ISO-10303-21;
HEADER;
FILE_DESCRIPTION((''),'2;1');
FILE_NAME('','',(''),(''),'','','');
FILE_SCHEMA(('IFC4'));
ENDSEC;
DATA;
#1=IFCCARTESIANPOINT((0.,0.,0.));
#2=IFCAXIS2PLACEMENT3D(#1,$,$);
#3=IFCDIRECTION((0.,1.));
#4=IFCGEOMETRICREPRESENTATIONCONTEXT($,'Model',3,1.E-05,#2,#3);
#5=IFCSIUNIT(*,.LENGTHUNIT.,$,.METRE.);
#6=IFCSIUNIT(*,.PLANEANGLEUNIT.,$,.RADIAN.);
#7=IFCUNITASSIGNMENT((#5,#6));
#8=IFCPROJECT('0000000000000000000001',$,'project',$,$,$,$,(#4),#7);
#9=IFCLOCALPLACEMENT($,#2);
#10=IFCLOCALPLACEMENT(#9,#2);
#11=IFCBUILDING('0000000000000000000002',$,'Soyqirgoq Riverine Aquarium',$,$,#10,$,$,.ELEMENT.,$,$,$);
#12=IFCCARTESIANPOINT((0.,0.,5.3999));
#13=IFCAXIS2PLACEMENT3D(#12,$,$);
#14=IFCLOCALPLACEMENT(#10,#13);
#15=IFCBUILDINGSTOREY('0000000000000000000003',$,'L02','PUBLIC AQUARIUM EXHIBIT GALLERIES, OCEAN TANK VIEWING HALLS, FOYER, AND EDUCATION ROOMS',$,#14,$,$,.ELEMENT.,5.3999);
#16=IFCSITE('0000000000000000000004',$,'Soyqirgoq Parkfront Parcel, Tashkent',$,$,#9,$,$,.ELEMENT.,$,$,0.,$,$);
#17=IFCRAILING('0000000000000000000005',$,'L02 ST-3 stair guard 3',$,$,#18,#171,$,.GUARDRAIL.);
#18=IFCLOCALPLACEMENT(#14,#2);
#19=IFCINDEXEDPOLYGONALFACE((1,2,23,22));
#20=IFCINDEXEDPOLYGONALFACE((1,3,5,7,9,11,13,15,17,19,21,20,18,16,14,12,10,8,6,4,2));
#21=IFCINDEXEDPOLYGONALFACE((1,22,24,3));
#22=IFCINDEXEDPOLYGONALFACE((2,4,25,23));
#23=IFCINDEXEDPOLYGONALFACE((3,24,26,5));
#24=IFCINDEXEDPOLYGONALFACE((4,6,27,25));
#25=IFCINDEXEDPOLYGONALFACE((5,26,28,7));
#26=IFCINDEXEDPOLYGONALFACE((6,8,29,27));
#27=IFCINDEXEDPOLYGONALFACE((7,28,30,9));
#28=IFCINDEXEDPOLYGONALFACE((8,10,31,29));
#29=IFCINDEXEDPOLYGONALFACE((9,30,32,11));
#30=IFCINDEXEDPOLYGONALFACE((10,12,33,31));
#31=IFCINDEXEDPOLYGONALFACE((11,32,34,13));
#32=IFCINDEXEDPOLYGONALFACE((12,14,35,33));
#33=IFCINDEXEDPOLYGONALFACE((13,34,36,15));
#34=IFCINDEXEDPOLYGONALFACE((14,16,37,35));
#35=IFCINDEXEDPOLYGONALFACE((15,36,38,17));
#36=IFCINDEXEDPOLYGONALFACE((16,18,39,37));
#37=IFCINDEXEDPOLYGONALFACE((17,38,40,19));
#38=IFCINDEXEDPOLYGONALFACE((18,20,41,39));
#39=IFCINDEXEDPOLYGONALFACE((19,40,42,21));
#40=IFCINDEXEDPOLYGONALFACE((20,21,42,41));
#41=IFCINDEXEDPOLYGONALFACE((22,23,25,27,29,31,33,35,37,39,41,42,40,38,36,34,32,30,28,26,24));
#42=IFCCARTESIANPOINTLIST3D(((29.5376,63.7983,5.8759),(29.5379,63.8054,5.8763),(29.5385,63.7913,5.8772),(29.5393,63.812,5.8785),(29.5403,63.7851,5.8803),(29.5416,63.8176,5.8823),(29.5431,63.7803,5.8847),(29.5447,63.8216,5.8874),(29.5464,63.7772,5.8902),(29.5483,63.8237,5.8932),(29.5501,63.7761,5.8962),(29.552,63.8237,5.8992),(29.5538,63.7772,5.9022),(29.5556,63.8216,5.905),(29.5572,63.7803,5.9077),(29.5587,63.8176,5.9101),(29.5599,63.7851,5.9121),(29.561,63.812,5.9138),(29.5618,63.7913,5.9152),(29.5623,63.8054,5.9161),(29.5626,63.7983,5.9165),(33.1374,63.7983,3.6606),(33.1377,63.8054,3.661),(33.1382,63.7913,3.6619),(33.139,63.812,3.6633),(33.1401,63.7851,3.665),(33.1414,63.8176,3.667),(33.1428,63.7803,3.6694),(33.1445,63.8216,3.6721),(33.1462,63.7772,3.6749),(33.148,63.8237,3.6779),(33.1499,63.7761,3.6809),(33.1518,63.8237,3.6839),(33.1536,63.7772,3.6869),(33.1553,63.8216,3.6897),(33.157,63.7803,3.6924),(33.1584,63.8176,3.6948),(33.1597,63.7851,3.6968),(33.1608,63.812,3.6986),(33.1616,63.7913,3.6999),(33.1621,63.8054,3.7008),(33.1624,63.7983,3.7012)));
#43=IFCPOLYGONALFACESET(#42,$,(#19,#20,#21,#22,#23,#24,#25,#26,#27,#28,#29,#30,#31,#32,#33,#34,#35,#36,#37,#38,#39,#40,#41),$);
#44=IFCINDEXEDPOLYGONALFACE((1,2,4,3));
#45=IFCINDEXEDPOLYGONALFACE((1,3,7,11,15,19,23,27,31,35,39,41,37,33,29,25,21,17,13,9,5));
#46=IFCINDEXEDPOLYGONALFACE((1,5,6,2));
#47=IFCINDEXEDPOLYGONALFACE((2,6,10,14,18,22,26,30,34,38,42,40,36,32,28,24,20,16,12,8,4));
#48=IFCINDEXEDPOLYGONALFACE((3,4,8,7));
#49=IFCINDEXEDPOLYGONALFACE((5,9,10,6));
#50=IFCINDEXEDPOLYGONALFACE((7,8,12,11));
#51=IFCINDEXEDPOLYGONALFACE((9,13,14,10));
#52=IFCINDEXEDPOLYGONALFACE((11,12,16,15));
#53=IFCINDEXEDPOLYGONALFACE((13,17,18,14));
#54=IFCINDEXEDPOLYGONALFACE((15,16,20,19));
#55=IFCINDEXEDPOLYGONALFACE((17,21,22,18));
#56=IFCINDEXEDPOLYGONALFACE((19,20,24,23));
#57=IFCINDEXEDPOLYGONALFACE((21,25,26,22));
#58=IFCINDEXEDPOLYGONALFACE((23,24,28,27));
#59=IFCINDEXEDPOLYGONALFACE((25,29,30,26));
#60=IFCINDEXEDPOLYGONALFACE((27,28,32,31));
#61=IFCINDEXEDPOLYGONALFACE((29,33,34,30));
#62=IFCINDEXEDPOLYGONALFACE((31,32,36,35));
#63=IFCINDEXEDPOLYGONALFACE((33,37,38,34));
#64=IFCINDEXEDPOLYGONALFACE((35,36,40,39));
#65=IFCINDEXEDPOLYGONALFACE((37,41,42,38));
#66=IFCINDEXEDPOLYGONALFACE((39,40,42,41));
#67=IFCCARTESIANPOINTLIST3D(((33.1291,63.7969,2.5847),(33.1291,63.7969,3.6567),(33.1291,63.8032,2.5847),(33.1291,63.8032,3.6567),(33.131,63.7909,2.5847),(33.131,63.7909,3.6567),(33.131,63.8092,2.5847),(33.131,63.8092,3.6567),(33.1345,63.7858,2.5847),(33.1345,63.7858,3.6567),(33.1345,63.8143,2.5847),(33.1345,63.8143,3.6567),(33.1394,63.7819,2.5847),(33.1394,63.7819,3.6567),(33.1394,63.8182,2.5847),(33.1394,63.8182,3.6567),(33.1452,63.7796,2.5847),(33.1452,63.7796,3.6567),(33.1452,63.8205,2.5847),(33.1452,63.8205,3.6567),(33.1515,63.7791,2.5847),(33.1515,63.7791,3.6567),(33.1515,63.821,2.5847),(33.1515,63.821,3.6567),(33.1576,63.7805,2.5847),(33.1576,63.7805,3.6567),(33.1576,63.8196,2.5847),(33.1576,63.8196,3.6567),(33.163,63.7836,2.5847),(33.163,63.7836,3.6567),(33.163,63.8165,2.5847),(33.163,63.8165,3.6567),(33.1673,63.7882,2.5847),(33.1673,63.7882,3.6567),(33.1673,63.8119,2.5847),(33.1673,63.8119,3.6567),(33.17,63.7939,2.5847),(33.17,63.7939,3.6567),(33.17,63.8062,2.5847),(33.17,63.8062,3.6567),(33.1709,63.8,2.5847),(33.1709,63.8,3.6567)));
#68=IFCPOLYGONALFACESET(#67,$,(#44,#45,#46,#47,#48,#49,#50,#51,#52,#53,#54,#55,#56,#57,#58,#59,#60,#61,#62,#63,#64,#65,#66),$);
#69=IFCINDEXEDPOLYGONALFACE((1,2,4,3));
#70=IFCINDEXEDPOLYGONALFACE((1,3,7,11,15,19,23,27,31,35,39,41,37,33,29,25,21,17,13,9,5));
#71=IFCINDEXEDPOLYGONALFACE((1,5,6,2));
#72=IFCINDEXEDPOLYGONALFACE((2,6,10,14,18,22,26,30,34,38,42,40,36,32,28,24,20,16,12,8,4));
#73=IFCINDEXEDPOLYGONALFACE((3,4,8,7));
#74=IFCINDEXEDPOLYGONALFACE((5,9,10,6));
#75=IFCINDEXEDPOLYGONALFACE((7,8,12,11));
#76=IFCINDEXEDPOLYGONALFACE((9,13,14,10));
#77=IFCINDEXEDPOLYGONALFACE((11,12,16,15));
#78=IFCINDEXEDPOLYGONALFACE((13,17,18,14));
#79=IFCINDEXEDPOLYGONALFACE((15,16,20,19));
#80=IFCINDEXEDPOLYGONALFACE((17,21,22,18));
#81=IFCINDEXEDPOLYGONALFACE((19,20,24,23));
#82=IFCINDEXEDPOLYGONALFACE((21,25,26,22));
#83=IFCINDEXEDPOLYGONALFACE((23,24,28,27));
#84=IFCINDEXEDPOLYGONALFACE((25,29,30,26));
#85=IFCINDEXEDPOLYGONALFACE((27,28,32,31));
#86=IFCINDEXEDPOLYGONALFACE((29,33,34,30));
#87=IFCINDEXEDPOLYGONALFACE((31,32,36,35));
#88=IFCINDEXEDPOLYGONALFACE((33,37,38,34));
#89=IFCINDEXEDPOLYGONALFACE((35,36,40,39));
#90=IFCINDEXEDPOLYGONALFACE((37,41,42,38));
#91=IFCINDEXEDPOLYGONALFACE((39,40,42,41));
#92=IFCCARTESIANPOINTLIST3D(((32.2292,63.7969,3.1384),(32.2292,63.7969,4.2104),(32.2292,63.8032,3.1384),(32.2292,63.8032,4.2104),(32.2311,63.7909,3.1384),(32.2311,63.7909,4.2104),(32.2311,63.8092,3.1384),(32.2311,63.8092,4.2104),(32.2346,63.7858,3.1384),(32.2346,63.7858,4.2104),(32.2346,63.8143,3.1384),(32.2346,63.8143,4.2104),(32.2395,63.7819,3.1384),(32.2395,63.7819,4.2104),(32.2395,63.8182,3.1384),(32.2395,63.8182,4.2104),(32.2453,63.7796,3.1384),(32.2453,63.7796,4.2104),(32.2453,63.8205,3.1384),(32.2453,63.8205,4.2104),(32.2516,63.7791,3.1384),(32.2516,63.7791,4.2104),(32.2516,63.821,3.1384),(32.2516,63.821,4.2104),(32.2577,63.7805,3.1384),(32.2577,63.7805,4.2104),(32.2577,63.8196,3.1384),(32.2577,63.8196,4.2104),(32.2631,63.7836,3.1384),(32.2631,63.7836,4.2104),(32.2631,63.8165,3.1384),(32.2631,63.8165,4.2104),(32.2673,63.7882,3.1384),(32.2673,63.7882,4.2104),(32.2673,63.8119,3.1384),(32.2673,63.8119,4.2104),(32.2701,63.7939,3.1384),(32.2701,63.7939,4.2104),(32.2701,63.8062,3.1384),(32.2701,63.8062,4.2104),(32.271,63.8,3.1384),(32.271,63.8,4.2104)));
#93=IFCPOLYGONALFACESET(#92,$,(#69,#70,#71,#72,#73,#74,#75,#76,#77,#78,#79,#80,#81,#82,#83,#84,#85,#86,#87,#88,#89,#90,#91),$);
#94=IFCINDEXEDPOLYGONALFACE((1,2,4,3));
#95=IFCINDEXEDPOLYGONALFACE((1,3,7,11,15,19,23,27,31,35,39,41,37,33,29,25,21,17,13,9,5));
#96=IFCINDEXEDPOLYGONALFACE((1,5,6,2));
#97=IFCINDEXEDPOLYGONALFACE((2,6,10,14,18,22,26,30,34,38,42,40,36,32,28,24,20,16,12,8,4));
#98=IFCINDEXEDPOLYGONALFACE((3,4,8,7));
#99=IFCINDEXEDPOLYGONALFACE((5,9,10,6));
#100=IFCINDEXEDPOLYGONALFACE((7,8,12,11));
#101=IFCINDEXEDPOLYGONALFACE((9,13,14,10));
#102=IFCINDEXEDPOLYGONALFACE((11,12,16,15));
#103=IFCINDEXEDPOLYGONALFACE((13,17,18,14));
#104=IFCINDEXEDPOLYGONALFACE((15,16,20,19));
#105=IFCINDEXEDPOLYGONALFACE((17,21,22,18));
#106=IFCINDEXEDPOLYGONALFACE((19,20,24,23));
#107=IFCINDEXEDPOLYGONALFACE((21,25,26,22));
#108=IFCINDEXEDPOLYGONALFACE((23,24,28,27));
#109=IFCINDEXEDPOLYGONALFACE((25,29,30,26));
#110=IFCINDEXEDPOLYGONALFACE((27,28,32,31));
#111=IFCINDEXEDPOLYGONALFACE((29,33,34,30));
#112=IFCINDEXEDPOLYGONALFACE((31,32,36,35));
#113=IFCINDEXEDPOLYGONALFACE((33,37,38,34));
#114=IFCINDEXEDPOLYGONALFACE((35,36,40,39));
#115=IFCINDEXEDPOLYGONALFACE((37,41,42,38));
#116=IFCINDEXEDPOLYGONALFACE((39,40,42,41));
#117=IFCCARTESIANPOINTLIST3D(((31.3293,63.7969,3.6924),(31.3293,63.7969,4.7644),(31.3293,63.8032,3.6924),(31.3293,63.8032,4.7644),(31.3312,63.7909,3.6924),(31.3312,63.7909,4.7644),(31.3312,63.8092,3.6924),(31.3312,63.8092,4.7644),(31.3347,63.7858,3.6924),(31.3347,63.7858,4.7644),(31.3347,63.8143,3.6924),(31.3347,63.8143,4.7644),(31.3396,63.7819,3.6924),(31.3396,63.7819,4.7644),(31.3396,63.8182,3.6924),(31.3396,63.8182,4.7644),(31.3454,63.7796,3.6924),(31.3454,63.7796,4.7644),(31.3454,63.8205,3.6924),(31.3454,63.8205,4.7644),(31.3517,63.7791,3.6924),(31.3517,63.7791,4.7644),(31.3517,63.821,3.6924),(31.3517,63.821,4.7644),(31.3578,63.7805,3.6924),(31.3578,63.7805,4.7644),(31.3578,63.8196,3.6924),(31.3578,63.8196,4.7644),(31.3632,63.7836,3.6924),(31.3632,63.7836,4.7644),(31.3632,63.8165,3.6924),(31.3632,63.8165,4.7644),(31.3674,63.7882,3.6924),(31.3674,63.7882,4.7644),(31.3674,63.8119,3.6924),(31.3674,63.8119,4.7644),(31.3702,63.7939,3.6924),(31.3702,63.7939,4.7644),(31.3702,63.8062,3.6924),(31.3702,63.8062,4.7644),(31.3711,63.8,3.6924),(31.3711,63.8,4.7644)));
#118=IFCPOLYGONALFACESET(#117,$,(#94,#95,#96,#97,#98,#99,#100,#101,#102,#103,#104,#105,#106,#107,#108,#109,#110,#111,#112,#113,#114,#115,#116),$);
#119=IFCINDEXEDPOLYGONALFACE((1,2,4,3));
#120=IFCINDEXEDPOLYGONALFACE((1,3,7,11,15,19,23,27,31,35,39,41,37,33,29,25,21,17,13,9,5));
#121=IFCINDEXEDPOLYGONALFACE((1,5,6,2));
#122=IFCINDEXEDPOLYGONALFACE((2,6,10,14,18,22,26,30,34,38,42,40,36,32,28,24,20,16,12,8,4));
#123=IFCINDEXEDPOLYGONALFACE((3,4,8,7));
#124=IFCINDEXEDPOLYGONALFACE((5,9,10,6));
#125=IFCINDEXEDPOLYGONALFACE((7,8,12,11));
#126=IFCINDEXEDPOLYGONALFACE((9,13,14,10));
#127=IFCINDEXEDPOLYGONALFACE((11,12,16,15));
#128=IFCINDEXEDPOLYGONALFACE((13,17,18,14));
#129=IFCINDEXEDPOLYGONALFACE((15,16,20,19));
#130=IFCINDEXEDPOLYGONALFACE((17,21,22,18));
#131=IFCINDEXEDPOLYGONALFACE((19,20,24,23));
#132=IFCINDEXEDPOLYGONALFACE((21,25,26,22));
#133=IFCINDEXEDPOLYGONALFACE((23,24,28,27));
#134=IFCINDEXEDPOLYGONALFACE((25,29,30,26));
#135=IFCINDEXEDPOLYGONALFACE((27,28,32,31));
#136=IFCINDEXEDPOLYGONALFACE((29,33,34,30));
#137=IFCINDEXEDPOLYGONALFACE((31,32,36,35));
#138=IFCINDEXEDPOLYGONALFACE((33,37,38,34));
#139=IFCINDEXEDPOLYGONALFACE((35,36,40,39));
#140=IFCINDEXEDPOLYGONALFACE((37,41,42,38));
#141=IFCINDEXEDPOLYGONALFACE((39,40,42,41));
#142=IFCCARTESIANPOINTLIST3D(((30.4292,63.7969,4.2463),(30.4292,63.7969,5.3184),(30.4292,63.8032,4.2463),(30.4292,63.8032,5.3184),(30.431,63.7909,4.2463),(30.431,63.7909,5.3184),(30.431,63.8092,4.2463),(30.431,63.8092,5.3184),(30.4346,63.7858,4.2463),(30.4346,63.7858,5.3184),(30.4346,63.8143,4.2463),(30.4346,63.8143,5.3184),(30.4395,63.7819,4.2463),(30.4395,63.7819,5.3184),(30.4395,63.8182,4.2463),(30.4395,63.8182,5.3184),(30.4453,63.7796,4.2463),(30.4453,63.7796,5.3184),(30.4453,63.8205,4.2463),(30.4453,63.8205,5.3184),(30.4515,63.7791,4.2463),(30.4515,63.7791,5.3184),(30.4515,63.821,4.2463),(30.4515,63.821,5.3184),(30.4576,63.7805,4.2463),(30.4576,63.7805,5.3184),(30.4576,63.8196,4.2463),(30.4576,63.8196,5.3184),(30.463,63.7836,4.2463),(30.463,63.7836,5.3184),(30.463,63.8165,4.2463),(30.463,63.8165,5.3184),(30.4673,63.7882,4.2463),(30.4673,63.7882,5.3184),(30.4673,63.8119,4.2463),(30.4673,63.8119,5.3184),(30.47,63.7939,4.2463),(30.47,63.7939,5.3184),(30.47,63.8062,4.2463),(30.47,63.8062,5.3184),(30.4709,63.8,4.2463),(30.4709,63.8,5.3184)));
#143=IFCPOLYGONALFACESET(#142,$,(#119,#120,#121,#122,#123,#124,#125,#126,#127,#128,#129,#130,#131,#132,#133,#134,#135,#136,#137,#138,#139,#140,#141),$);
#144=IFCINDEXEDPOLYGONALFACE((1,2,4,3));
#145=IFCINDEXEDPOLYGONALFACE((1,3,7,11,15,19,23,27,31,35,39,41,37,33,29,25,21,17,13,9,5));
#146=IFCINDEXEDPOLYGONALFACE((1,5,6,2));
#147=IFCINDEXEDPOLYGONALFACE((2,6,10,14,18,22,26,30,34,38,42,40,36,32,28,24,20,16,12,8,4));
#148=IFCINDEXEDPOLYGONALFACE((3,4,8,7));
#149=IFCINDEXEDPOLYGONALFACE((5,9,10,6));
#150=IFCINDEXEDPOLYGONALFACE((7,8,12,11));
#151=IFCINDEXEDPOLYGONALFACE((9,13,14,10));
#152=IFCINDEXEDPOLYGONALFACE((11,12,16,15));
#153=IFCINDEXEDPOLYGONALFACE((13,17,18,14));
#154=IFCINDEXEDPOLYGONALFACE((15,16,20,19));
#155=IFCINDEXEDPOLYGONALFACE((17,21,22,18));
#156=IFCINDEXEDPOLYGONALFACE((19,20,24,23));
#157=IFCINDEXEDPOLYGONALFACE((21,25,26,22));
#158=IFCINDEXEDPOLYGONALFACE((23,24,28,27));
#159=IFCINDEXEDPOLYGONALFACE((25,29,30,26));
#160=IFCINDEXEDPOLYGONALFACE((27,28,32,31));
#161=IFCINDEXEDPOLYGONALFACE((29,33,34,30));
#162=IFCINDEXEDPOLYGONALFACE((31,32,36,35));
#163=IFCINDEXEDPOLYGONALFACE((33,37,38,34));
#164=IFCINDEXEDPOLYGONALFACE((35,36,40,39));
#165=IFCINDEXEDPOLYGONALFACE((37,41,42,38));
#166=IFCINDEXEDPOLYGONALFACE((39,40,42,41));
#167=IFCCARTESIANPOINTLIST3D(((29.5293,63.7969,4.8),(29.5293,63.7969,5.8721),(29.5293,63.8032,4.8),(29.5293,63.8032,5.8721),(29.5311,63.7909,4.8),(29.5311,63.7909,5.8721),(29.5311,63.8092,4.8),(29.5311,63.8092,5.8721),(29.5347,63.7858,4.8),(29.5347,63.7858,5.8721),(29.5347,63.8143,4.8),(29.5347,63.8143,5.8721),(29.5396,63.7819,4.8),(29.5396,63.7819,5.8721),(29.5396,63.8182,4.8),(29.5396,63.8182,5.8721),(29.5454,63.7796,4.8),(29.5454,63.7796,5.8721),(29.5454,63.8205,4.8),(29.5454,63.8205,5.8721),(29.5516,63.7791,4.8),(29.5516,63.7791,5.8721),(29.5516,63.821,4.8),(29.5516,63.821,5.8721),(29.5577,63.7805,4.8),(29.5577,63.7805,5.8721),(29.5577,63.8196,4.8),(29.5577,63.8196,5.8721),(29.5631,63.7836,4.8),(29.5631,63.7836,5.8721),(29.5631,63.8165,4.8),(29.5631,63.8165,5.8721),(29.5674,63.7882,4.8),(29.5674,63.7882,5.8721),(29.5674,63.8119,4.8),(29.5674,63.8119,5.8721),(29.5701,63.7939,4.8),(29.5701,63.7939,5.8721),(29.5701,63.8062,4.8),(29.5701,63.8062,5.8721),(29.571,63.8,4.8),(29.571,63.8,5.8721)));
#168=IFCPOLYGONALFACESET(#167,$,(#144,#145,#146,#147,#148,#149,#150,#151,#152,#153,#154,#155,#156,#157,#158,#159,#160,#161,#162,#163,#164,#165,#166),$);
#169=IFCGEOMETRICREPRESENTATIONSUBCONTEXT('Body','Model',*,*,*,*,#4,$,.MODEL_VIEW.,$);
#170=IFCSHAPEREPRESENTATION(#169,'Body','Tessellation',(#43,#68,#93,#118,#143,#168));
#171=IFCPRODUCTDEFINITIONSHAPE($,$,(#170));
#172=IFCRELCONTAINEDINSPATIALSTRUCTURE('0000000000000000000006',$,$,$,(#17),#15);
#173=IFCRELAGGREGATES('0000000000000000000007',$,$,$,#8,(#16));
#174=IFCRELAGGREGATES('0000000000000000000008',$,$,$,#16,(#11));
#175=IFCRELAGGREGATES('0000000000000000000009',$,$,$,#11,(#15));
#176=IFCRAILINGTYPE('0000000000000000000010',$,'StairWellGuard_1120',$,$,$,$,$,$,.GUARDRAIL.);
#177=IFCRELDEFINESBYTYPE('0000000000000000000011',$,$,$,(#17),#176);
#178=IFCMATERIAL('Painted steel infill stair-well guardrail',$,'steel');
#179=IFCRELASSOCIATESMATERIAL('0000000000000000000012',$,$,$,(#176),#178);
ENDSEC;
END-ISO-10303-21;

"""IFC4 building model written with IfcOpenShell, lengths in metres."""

from ifc_helpers import new_model, si_unit, direction, frame, origin, origin_2d, place, context, subcontext, project, spatial, circle, extrude, material, type_object, element, save


model = new_model("IFC4")

# Units and contexts
model_context = context("Model", 3, precision=1e-05, world=origin(), true_north=direction((0.0, 1.0)))
body_context = subcontext(model_context, "Body", "Model", "MODEL_VIEW")
ifc_project = project(units=[si_unit("LENGTHUNIT", "METRE"), si_unit("PLANEANGLEUNIT", "RADIAN")], contexts=[model_context])

# Site, building, storey
site_placement = place(None, origin())
site = spatial("IfcSite", under=ifc_project, at=site_placement, Name="Soyqirgoq Parkfront Parcel, Tashkent", CompositionType="ELEMENT", RefElevation=0.0)
building_placement = place(site_placement, origin())
building = spatial("IfcBuilding", under=site, at=building_placement, Name="Soyqirgoq Riverine Aquarium", CompositionType="ELEMENT")
storey_placement = place(building_placement, frame((0.0, 0.0, 5.3999)))
storey = spatial("IfcBuildingStorey", under=building, at=storey_placement, Name="L02", Description="PUBLIC AQUARIUM EXHIBIT GALLERIES, OCEAN TANK VIEWING HALLS, FOYER, AND EDUCATION ROOMS", CompositionType="ELEMENT", Elevation=5.3999)

# Railing
ifc_material_1 = material(Name="Painted steel infill stair-well guardrail", Category="steel")
railing_type_1 = type_object("IfcRailingType", Name="StairWellGuard_1120", PredefinedType="GUARDRAIL", material=ifc_material_1)
railing_1_placement = place(storey_placement, frame((33.1499, 63.8, 2.5847)))
element("IfcRailing", 1, at=railing_1_placement, inside=storey, type_object=railing_type_1, Name="L02 ST-3 stair guard 3", PredefinedType="GUARDRAIL", context=body_context, shape_type="SweptSolid", body=[
    extrude(circle(Radius=0.0239, at=origin_2d()), frame((0.0, 0.0, 1.0962), z_axis=(-0.851654, 0.0, 0.524104), x_axis=(0.0, -1.0, 0.0)), (0.0, 0.0, 1.0), 4.2268),
    extrude(circle(Radius=0.021, at=origin_2d()), origin(), (0.0, 0.0, 1.0), 1.072),
    extrude(circle(Radius=0.021, at=origin_2d()), frame((-0.8999, 0.0, 0.5537)), (0.0, 0.0, 1.0), 1.072),
    extrude(circle(Radius=0.021, at=origin_2d()), frame((-1.7998, 0.0, 1.1077)), (0.0, 0.0, 1.0), 1.072),
    extrude(circle(Radius=0.021, at=origin_2d()), frame((-2.7, 0.0, 1.6616)), (0.0, 0.0, 1.0), 1.072),
    extrude(circle(Radius=0.021, at=origin_2d()), frame((-3.5999, 0.0, 2.2153)), (0.0, 0.0, 1.0), 1.072),
])

save(model, "model.ifc")
